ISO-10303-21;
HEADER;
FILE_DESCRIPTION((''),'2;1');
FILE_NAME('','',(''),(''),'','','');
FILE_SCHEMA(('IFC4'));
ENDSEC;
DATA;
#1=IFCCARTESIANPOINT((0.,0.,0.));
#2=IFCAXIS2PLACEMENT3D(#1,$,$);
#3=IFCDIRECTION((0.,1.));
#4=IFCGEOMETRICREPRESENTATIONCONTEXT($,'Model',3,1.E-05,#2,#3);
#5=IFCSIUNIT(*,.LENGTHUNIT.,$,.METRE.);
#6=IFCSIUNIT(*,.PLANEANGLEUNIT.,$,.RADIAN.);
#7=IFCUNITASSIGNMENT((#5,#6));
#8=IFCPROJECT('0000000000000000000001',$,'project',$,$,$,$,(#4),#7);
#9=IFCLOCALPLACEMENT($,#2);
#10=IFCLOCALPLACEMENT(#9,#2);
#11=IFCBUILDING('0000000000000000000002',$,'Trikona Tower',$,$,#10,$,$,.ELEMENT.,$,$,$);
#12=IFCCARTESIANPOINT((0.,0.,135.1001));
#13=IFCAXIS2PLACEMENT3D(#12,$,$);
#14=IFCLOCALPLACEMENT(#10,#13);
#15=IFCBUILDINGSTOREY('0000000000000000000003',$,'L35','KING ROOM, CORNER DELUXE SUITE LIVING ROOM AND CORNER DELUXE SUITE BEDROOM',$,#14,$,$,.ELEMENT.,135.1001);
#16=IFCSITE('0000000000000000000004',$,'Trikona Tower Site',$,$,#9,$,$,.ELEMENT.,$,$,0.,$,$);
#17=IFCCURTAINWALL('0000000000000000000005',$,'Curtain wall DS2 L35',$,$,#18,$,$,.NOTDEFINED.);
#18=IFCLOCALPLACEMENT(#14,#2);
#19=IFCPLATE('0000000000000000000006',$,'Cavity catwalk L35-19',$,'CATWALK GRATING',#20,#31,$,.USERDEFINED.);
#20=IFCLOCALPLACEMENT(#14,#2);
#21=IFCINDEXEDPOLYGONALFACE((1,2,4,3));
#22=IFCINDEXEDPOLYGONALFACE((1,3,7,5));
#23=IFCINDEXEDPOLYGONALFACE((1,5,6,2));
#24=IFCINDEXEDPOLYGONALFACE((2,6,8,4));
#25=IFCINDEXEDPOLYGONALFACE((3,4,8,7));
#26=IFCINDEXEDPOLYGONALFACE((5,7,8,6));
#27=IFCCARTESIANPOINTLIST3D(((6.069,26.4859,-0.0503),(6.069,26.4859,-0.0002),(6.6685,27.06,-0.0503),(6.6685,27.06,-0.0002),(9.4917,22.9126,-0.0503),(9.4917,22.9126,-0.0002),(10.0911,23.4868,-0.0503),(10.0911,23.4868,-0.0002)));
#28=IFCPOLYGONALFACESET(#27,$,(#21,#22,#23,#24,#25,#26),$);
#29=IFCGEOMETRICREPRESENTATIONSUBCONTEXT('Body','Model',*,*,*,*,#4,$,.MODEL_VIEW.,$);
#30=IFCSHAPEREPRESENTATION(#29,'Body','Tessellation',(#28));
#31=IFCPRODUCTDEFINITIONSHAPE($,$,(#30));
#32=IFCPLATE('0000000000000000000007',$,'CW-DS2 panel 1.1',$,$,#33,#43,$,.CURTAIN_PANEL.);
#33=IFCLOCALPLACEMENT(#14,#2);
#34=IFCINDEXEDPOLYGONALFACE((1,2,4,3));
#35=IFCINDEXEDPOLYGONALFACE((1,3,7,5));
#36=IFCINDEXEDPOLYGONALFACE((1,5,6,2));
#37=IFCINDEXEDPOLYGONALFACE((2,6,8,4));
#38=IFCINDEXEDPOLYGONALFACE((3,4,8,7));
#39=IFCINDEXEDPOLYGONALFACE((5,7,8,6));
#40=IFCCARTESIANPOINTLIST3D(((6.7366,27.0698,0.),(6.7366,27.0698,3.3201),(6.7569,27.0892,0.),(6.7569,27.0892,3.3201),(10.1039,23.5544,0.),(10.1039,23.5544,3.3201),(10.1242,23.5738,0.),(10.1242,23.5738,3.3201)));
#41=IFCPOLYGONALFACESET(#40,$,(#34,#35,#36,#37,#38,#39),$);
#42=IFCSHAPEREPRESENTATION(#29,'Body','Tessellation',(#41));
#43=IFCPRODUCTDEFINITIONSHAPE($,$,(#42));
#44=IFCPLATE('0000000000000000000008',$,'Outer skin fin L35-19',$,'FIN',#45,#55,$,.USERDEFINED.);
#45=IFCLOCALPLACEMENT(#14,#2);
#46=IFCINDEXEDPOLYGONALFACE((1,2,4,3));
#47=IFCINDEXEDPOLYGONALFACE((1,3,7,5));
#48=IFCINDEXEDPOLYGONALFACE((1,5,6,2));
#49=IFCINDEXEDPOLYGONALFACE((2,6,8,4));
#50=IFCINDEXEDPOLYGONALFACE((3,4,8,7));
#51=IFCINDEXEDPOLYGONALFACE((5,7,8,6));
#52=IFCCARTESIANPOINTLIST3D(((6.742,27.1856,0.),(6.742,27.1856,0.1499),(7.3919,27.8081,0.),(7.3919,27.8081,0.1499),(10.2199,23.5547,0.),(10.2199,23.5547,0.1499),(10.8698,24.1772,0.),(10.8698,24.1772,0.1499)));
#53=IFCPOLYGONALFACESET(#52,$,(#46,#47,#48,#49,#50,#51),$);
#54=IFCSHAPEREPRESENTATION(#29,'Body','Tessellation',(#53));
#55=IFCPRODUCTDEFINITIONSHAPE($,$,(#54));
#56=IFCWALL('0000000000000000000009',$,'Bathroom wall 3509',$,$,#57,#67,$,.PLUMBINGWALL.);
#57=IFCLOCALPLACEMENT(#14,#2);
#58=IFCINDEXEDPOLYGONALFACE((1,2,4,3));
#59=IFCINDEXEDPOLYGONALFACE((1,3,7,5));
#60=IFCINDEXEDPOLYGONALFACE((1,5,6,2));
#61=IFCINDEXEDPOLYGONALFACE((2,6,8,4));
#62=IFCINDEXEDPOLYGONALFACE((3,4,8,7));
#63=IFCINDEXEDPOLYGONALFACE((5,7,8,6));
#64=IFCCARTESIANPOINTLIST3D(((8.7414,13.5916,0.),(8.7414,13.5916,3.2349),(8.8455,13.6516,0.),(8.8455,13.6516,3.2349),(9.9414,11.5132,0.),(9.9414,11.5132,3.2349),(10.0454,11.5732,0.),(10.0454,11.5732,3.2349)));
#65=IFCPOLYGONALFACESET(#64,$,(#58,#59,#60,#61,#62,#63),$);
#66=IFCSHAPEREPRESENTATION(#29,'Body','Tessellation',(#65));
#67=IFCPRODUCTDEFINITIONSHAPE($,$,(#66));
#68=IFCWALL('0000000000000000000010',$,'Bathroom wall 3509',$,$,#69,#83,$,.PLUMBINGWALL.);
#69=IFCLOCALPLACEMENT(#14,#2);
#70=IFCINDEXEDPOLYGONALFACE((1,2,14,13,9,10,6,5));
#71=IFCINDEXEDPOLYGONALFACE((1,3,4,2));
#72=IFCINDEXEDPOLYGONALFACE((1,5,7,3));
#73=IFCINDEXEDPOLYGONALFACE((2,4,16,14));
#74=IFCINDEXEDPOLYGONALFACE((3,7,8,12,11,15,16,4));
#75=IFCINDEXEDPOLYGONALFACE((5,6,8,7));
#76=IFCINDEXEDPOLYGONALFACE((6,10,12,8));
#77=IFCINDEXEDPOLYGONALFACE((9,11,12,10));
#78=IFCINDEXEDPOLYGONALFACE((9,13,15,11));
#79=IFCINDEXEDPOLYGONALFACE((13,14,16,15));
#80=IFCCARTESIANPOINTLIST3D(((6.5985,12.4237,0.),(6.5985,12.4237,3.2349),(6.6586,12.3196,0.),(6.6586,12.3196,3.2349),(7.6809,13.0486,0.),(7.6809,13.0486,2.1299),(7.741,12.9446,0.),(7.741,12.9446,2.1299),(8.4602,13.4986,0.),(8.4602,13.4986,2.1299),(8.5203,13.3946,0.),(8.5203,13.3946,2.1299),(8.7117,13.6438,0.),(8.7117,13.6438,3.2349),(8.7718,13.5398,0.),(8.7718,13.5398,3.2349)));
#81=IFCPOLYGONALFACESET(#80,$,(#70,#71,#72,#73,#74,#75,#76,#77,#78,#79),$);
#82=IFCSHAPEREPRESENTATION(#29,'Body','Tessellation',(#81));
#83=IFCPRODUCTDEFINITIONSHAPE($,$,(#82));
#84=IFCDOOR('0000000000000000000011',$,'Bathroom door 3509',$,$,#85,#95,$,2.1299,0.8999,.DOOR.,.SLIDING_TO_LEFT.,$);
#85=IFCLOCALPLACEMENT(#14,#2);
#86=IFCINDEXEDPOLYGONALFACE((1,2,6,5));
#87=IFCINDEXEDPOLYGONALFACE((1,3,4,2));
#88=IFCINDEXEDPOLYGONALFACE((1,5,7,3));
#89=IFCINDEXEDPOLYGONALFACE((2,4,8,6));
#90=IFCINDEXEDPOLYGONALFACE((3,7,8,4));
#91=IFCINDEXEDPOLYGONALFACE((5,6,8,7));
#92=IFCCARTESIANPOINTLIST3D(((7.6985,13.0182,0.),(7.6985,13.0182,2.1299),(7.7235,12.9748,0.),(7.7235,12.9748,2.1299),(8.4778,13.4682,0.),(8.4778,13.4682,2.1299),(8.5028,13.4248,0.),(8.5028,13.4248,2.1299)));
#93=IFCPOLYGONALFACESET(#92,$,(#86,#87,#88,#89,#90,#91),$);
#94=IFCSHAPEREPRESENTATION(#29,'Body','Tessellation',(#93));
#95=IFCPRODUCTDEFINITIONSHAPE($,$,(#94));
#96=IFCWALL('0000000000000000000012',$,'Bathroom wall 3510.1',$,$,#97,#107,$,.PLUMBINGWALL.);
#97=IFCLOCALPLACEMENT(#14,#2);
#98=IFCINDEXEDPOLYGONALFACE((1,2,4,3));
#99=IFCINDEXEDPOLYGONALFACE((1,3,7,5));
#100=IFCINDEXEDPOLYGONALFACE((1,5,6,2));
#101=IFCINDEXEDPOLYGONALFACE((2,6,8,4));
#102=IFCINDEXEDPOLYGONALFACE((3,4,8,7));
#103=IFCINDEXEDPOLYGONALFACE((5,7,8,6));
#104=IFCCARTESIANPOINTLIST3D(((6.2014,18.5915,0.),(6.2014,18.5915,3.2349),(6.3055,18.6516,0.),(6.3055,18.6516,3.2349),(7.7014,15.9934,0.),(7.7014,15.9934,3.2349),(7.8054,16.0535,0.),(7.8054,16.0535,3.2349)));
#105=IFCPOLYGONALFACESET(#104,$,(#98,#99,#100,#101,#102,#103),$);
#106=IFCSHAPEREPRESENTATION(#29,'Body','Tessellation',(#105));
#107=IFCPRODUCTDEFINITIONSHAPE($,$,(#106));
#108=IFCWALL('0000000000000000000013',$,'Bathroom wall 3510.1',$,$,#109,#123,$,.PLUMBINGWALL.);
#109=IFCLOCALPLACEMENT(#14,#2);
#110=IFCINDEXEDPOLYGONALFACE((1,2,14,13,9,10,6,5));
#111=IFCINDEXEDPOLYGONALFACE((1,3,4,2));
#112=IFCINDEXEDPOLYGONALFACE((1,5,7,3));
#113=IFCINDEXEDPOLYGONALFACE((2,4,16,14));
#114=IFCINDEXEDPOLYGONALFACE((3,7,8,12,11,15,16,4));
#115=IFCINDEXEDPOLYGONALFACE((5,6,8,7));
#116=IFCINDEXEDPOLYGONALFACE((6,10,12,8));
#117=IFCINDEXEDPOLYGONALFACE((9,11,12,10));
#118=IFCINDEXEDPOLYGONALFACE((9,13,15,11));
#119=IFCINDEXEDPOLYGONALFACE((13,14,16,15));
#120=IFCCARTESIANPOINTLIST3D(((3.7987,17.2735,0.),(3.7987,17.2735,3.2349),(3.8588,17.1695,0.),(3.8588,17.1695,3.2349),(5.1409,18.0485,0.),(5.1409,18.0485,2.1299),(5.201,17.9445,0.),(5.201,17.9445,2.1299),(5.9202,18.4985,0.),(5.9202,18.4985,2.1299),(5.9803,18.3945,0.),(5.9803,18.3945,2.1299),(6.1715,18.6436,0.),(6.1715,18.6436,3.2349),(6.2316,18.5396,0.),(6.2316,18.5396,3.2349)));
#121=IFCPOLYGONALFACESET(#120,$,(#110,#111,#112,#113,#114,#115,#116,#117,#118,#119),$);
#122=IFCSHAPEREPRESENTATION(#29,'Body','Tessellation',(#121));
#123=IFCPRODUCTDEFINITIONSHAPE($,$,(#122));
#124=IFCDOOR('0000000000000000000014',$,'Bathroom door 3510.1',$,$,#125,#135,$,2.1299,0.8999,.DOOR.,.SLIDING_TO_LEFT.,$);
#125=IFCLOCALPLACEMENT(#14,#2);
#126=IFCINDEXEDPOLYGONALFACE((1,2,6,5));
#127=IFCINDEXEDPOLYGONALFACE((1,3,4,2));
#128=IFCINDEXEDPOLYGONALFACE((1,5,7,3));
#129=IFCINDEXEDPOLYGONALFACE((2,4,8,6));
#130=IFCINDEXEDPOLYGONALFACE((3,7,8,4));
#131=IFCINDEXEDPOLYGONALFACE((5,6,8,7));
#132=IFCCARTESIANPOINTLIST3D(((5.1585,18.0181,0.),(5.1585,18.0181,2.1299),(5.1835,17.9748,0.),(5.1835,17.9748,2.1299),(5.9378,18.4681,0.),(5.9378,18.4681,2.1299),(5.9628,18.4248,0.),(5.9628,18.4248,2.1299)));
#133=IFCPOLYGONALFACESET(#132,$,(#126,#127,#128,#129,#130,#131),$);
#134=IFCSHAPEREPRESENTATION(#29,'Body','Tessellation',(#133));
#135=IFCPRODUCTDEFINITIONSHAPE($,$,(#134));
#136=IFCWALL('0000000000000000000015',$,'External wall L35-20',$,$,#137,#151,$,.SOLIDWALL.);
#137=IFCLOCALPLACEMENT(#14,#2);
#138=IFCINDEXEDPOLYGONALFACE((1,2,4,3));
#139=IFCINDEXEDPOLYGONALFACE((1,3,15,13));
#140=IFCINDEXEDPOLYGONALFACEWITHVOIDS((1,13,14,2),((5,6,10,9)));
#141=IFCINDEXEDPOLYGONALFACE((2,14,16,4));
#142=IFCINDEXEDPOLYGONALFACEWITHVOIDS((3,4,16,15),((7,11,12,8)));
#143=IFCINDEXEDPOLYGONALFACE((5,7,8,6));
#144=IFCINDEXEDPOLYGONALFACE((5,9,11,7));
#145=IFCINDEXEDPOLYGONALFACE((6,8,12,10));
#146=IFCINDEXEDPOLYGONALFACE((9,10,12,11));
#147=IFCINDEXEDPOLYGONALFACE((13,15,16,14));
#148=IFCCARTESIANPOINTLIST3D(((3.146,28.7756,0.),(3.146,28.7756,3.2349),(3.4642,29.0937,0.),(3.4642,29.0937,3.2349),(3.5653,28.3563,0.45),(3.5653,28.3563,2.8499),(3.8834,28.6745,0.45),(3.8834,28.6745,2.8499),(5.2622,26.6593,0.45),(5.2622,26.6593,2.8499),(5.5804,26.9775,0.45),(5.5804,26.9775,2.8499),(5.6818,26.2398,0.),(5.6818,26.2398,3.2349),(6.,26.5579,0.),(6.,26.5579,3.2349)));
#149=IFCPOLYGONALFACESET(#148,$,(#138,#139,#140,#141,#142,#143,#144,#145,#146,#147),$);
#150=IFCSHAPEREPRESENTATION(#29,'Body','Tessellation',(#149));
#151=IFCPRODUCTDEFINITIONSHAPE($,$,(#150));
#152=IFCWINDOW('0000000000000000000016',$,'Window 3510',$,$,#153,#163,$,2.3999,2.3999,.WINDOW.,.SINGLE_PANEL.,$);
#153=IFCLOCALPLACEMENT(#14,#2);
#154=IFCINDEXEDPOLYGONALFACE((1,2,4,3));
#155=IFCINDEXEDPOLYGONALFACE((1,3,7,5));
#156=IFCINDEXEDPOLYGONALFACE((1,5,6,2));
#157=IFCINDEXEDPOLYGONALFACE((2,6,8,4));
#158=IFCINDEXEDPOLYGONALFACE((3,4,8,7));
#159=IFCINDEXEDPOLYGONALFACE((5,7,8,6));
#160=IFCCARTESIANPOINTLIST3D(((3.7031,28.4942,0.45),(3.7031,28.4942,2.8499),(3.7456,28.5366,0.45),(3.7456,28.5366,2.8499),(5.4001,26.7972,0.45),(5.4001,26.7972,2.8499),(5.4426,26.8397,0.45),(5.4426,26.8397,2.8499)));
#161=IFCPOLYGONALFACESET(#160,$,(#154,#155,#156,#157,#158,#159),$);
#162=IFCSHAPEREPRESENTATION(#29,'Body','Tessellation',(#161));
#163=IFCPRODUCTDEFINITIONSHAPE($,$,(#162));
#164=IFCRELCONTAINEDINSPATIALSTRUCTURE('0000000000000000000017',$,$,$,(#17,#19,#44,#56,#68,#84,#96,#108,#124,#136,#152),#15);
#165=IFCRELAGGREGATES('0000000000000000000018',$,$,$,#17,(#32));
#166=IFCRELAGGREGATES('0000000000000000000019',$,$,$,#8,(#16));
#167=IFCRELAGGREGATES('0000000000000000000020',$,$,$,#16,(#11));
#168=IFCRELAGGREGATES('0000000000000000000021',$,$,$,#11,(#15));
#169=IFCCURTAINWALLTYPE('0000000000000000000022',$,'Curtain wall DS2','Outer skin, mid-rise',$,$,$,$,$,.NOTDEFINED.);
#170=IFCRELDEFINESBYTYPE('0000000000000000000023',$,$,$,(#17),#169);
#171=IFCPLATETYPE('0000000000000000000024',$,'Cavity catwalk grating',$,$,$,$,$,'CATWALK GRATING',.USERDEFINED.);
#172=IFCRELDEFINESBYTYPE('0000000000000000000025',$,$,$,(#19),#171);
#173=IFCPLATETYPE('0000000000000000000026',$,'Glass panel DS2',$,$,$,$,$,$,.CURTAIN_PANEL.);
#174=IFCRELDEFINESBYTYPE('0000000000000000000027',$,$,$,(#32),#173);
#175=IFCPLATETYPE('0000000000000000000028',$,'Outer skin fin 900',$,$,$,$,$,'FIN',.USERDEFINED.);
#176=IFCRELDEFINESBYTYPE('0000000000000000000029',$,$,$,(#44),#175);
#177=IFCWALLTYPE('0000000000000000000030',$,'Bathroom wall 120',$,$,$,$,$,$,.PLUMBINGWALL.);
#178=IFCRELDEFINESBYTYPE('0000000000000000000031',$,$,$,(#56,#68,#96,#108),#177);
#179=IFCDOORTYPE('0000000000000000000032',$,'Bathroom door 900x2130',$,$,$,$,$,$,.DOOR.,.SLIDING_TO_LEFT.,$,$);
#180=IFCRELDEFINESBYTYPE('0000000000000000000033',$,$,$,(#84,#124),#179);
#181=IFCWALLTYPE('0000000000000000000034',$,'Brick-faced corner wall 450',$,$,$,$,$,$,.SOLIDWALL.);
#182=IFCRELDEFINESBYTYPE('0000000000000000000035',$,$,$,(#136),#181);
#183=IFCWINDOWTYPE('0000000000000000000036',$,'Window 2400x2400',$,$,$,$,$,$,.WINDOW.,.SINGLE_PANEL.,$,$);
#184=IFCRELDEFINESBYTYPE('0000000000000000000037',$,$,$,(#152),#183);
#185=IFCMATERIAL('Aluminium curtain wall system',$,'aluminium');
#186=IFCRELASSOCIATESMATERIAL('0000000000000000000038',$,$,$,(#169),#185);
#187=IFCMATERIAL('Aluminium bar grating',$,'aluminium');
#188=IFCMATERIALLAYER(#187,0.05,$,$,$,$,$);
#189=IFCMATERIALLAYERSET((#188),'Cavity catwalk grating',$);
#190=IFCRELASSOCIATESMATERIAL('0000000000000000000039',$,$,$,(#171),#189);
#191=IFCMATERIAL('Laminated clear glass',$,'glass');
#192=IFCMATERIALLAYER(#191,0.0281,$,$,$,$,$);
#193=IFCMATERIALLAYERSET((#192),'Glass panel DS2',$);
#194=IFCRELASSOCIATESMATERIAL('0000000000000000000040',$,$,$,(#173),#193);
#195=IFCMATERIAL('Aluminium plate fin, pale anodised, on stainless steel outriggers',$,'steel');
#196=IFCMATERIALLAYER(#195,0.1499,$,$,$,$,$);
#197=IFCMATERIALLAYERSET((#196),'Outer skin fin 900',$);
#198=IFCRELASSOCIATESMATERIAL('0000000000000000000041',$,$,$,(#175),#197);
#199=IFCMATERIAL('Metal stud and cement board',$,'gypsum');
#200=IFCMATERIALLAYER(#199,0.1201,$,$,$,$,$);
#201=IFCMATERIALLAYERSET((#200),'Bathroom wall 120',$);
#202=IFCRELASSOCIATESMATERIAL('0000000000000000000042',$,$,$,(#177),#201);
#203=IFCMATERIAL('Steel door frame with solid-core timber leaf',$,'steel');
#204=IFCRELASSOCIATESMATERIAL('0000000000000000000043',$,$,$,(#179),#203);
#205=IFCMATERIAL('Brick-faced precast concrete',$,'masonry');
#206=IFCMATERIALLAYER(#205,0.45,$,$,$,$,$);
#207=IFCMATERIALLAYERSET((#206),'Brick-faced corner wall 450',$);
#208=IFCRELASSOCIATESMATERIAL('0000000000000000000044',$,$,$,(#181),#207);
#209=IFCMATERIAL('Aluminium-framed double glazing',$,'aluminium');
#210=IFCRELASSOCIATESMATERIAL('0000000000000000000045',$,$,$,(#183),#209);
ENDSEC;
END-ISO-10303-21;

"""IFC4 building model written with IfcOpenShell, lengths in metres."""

from ifc_helpers import new_model, si_unit, direction, frame, frame_2d, origin, origin_2d, place, context, subcontext, project, spatial, rectangle, extrude, material, layer, layer_set, type_object, element, fill, aggregate, save


model = new_model("IFC4")

# Units and contexts
model_context = context("Model", 3, precision=1e-05, world=origin(), true_north=direction((0.0, 1.0)))
body_context = subcontext(model_context, "Body", "Model", "MODEL_VIEW")
ifc_project = project(units=[si_unit("LENGTHUNIT", "METRE"), si_unit("PLANEANGLEUNIT", "RADIAN")], contexts=[model_context])

# Site, building, storey
site_placement = place(None, origin())
site = spatial("IfcSite", under=ifc_project, at=site_placement, Name="Trikona Tower Site", CompositionType="ELEMENT", RefElevation=0.0)
building_placement = place(site_placement, origin())
building = spatial("IfcBuilding", under=site, at=building_placement, Name="Trikona Tower", CompositionType="ELEMENT")
storey_placement = place(building_placement, frame((0.0, 0.0, 135.1001)))
storey = spatial("IfcBuildingStorey", under=building, at=storey_placement, Name="L35", Description="KING ROOM, CORNER DELUXE SUITE LIVING ROOM AND CORNER DELUXE SUITE BEDROOM", CompositionType="ELEMENT", Elevation=135.1001)

# Curtain wall
ifc_material_1 = material(Name="Aluminium curtain wall system", Category="aluminium")
curtain_wall_type = type_object("IfcCurtainWallType", Name="Curtain wall DS2", Description="Outer skin, mid-rise", PredefinedType="NOTDEFINED", material=ifc_material_1)
curtain_wall_placement = place(storey_placement, origin())
curtain_wall = element("IfcCurtainWall", 1, at=curtain_wall_placement, inside=storey, type_object=curtain_wall_type, Name="Curtain wall DS2 L35", PredefinedType="NOTDEFINED")

# Plates
ifc_material_2 = material(Name="Aluminium bar grating", Category="aluminium")
ifc_layer_1 = layer(ifc_material_2, 0.05)
ifc_layer_set_1 = layer_set([ifc_layer_1], Name="Cavity catwalk grating")
plate_type_1 = type_object("IfcPlateType", Name="Cavity catwalk grating", ElementType="CATWALK GRATING", PredefinedType="USERDEFINED", material=ifc_layer_set_1)
plate_1_placement = place(storey_placement, frame((8.0801, 24.9863, -0.0503), z_axis=(0.0, 0.0, 1.0), x_axis=(-0.691724, 0.722162, 0.0)))
element("IfcPlate", 2, at=plate_1_placement, inside=storey, type_object=plate_type_1, Name="Cavity catwalk L35-19", ObjectType="CATWALK GRATING", PredefinedType="USERDEFINED", context=body_context, shape_type="SweptSolid", body=[
    extrude(rectangle(XDim=4.948, YDim=0.8301, at=origin_2d()), origin(), (0.0, 0.0, 1.0), 0.05),
])
ifc_material_3 = material(Name="Laminated clear glass", Category="glass")
ifc_layer_2 = layer(ifc_material_3, 0.0281)
ifc_layer_set_2 = layer_set([ifc_layer_2], Name="Glass panel DS2")
plate_type_2 = type_object("IfcPlateType", Name="Glass panel DS2", PredefinedType="CURTAIN_PANEL", material=ifc_layer_set_2)
plate_2_placement = place(storey_placement, frame((8.4304, 25.3218, 0.0), z_axis=(0.0, 0.0, 1.0), x_axis=(-0.691728, 0.722158, 0.0)))
plate_2 = element("IfcPlate", 3, at=plate_2_placement, type_object=plate_type_2, Name="CW-DS2 panel 1.1", PredefinedType="CURTAIN_PANEL", context=body_context, shape_type="SweptSolid", body=[
    extrude(rectangle(XDim=4.8679, YDim=0.0281, at=origin_2d()), origin(), (0.0, 0.0, 1.0), 3.3201),
])
aggregate(curtain_wall, [plate_2])
ifc_material_4 = material(Name="Aluminium plate fin, pale anodised, on stainless steel outriggers", Category="steel")
ifc_layer_3 = layer(ifc_material_4, 0.1499)
ifc_layer_set_3 = layer_set([ifc_layer_3], Name="Outer skin fin 900")
plate_type_3 = type_object("IfcPlateType", Name="Outer skin fin 900", ElementType="FIN", PredefinedType="USERDEFINED", material=ifc_layer_set_3)
plate_3_placement = place(storey_placement, frame((8.8059, 25.6814, 0.0), z_axis=(0.0, 0.0, 1.0), x_axis=(-0.691724, 0.722162, 0.0)))
element("IfcPlate", 4, at=plate_3_placement, inside=storey, type_object=plate_type_3, Name="Outer skin fin L35-19", ObjectType="FIN", PredefinedType="USERDEFINED", context=body_context, shape_type="SweptSolid", body=[
    extrude(rectangle(XDim=5.0278, YDim=0.8999, at=origin_2d()), origin(), (0.0, 0.0, 1.0), 0.1499),
])

# Wall
ifc_material_5 = material(Name="Metal stud and cement board", Category="gypsum")
ifc_layer_4 = layer(ifc_material_5, 0.1201)
ifc_layer_set_4 = layer_set([ifc_layer_4], Name="Bathroom wall 120")
wall_type_1 = type_object("IfcWallType", Name="Bathroom wall 120", PredefinedType="PLUMBINGWALL", material=ifc_layer_set_4)
wall_1_placement = place(storey_placement, frame((9.9934, 11.5432, 0.0), z_axis=(0.0, 0.0, 1.0), x_axis=(-0.500001, 0.866025, 0.0)))
element("IfcWall", 5, at=wall_1_placement, inside=storey, type_object=wall_type_1, Name="Bathroom wall 3509", PredefinedType="PLUMBINGWALL", context=body_context, shape_type="SweptSolid", body=[
    extrude(rectangle(XDim=2.3999, YDim=0.1201, at=frame_2d((1.2, 0.0))), origin(), (0.0, 0.0, 1.0), 3.2349),
])

# Wall, opening, door
wall_2_placement = place(storey_placement, frame((6.6284, 12.3716, 0.0), z_axis=(0.0, 0.0, 1.0), x_axis=(0.866006, 0.500034, 0.0)))
wall_2 = element("IfcWall", 6, at=wall_2_placement, inside=storey, type_object=wall_type_1, Name="Bathroom wall 3509", PredefinedType="PLUMBINGWALL", context=body_context, shape_type="SweptSolid", body=[
    extrude(rectangle(XDim=2.4402, YDim=0.1201, at=frame_2d((1.2202, 0.0))), origin(), (0.0, 0.0, 1.0), 3.2349),
])
opening_1_placement = place(wall_2_placement, frame((1.25, 0.0, 0.0)))
opening_1 = element("IfcOpeningElement", 7, at=opening_1_placement, cuts=wall_2, PredefinedType="OPENING", context=body_context, shape_type="SweptSolid", body=[
    extrude(rectangle(XDim=0.8999, YDim=2.1299, at=frame_2d((0.45, 1.0649))), frame((0.0, 0.0701, 0.0), z_axis=(0.0, -1.0, 0.0), x_axis=(1.0, 0.0, 0.0)), (0.0, 0.0, 1.0), 0.1401),
])
ifc_material_6 = material(Name="Steel door frame with solid-core timber leaf", Category="steel")
door_type_1 = type_object("IfcDoorType", Name="Bathroom door 900x2130", OperationType="SLIDING_TO_LEFT", PredefinedType="DOOR", material=ifc_material_6)
door_1_placement = place(opening_1_placement, origin())
door_1 = element("IfcDoor", 8, at=door_1_placement, inside=storey, type_object=door_type_1, Name="Bathroom door 3509", OperationType="SLIDING_TO_LEFT", OverallHeight=2.1299, OverallWidth=0.8999, PredefinedType="DOOR", context=body_context, shape_type="SweptSolid", body=[
    extrude(rectangle(XDim=0.8999, YDim=2.1299, at=frame_2d((0.45, 1.0649))), frame((0.0, 0.0249, 0.0), z_axis=(0.0, -1.0, 0.0), x_axis=(1.0, 0.0, 0.0)), (0.0, 0.0, 1.0), 0.05),
])
fill(opening_1, door_1)

# Wall
wall_3_placement = place(storey_placement, frame((7.7534, 16.0234, 0.0), z_axis=(0.0, 0.0, 1.0), x_axis=(-0.49999, 0.866031, 0.0)))
element("IfcWall", 9, at=wall_3_placement, inside=storey, type_object=wall_type_1, Name="Bathroom wall 3510.1", PredefinedType="PLUMBINGWALL", context=body_context, shape_type="SweptSolid", body=[
    extrude(rectangle(XDim=3.0, YDim=0.1201, at=frame_2d((1.5, 0.0))), origin(), (0.0, 0.0, 1.0), 3.2349),
])

# Wall, opening, door
wall_4_placement = place(storey_placement, frame((3.8286, 17.2214, 0.0), z_axis=(0.0, 0.0, 1.0), x_axis=(0.865997, 0.500049, 0.0)))
wall_4 = element("IfcWall", 10, at=wall_4_placement, inside=storey, type_object=wall_type_1, Name="Bathroom wall 3510.1", PredefinedType="PLUMBINGWALL", context=body_context, shape_type="SweptSolid", body=[
    extrude(rectangle(XDim=2.74, YDim=0.1201, at=frame_2d((1.3701, 0.0))), origin(), (0.0, 0.0, 1.0), 3.2349),
])
opening_2_placement = place(wall_4_placement, frame((1.55, 0.0, 0.0)))
opening_2 = element("IfcOpeningElement", 11, at=opening_2_placement, cuts=wall_4, PredefinedType="OPENING", context=body_context, shape_type="SweptSolid", body=[
    extrude(rectangle(XDim=0.8999, YDim=2.1299, at=frame_2d((0.45, 1.0649))), frame((0.0, 0.0701, 0.0), z_axis=(0.0, -1.0, 0.0), x_axis=(1.0, 0.0, 0.0)), (0.0, 0.0, 1.0), 0.1401),
])
door_2_placement = place(opening_2_placement, origin())
door_2 = element("IfcDoor", 12, at=door_2_placement, inside=storey, type_object=door_type_1, Name="Bathroom door 3510.1", OperationType="SLIDING_TO_LEFT", OverallHeight=2.1299, OverallWidth=0.8999, PredefinedType="DOOR", context=body_context, shape_type="SweptSolid", body=[
    extrude(rectangle(XDim=0.8999, YDim=2.1299, at=frame_2d((0.45, 1.0649))), frame((0.0, 0.0249, 0.0), z_axis=(0.0, -1.0, 0.0), x_axis=(1.0, 0.0, 0.0)), (0.0, 0.0, 1.0), 0.05),
])
fill(opening_2, door_2)

# Wall, opening, window
ifc_material_7 = material(Name="Brick-faced precast concrete", Category="masonry")
ifc_layer_5 = layer(ifc_material_7, 0.45)
ifc_layer_set_5 = layer_set([ifc_layer_5], Name="Brick-faced corner wall 450")
wall_type_2 = type_object("IfcWallType", Name="Brick-faced corner wall 450", PredefinedType="SOLIDWALL", material=ifc_layer_set_5)
wall_5_placement = place(storey_placement, frame((5.8408, 26.3989, 0.0), z_axis=(0.0, 0.0, 1.0), x_axis=(-0.707107, 0.707107, 0.0)))
wall_5 = element("IfcWall", 13, at=wall_5_placement, inside=storey, type_object=wall_type_2, Name="External wall L35-20", PredefinedType="SOLIDWALL", context=body_context, shape_type="SweptSolid", body=[
    extrude(rectangle(XDim=3.5862, YDim=0.45, at=frame_2d((1.793, 0.0))), origin(), (0.0, 0.0, 1.0), 3.2349),
])
opening_3_placement = place(wall_5_placement, frame((0.5933, 0.0, 0.45)))
opening_3 = element("IfcOpeningElement", 14, at=opening_3_placement, cuts=wall_5, PredefinedType="OPENING", context=body_context, shape_type="SweptSolid", body=[
    extrude(rectangle(XDim=2.3999, YDim=2.3999, at=frame_2d((1.2, 1.2))), frame((0.0, 0.2349, 0.0), z_axis=(0.0, -1.0, 0.0), x_axis=(1.0, 0.0, 0.0)), (0.0, 0.0, 1.0), 0.47),
])
ifc_material_8 = material(Name="Aluminium-framed double glazing", Category="aluminium")
window_type_1 = type_object("IfcWindowType", Name="Window 2400x2400", PartitioningType="SINGLE_PANEL", PredefinedType="WINDOW", material=ifc_material_8)
window_1_placement = place(opening_3_placement, origin())
window_1 = element("IfcWindow", 15, at=window_1_placement, inside=storey, type_object=window_type_1, Name="Window 3510", OverallHeight=2.3999, OverallWidth=2.3999, PartitioningType="SINGLE_PANEL", PredefinedType="WINDOW", context=body_context, shape_type="SweptSolid", body=[
    extrude(rectangle(XDim=2.3999, YDim=2.3999, at=frame_2d((1.2, 1.2))), frame((0.0, 0.03, 0.0), z_axis=(0.0, -1.0, 0.0), x_axis=(1.0, 0.0, 0.0)), (0.0, 0.0, 1.0), 0.0601),
])
fill(opening_3, window_1)

save(model, "model.ifc")
